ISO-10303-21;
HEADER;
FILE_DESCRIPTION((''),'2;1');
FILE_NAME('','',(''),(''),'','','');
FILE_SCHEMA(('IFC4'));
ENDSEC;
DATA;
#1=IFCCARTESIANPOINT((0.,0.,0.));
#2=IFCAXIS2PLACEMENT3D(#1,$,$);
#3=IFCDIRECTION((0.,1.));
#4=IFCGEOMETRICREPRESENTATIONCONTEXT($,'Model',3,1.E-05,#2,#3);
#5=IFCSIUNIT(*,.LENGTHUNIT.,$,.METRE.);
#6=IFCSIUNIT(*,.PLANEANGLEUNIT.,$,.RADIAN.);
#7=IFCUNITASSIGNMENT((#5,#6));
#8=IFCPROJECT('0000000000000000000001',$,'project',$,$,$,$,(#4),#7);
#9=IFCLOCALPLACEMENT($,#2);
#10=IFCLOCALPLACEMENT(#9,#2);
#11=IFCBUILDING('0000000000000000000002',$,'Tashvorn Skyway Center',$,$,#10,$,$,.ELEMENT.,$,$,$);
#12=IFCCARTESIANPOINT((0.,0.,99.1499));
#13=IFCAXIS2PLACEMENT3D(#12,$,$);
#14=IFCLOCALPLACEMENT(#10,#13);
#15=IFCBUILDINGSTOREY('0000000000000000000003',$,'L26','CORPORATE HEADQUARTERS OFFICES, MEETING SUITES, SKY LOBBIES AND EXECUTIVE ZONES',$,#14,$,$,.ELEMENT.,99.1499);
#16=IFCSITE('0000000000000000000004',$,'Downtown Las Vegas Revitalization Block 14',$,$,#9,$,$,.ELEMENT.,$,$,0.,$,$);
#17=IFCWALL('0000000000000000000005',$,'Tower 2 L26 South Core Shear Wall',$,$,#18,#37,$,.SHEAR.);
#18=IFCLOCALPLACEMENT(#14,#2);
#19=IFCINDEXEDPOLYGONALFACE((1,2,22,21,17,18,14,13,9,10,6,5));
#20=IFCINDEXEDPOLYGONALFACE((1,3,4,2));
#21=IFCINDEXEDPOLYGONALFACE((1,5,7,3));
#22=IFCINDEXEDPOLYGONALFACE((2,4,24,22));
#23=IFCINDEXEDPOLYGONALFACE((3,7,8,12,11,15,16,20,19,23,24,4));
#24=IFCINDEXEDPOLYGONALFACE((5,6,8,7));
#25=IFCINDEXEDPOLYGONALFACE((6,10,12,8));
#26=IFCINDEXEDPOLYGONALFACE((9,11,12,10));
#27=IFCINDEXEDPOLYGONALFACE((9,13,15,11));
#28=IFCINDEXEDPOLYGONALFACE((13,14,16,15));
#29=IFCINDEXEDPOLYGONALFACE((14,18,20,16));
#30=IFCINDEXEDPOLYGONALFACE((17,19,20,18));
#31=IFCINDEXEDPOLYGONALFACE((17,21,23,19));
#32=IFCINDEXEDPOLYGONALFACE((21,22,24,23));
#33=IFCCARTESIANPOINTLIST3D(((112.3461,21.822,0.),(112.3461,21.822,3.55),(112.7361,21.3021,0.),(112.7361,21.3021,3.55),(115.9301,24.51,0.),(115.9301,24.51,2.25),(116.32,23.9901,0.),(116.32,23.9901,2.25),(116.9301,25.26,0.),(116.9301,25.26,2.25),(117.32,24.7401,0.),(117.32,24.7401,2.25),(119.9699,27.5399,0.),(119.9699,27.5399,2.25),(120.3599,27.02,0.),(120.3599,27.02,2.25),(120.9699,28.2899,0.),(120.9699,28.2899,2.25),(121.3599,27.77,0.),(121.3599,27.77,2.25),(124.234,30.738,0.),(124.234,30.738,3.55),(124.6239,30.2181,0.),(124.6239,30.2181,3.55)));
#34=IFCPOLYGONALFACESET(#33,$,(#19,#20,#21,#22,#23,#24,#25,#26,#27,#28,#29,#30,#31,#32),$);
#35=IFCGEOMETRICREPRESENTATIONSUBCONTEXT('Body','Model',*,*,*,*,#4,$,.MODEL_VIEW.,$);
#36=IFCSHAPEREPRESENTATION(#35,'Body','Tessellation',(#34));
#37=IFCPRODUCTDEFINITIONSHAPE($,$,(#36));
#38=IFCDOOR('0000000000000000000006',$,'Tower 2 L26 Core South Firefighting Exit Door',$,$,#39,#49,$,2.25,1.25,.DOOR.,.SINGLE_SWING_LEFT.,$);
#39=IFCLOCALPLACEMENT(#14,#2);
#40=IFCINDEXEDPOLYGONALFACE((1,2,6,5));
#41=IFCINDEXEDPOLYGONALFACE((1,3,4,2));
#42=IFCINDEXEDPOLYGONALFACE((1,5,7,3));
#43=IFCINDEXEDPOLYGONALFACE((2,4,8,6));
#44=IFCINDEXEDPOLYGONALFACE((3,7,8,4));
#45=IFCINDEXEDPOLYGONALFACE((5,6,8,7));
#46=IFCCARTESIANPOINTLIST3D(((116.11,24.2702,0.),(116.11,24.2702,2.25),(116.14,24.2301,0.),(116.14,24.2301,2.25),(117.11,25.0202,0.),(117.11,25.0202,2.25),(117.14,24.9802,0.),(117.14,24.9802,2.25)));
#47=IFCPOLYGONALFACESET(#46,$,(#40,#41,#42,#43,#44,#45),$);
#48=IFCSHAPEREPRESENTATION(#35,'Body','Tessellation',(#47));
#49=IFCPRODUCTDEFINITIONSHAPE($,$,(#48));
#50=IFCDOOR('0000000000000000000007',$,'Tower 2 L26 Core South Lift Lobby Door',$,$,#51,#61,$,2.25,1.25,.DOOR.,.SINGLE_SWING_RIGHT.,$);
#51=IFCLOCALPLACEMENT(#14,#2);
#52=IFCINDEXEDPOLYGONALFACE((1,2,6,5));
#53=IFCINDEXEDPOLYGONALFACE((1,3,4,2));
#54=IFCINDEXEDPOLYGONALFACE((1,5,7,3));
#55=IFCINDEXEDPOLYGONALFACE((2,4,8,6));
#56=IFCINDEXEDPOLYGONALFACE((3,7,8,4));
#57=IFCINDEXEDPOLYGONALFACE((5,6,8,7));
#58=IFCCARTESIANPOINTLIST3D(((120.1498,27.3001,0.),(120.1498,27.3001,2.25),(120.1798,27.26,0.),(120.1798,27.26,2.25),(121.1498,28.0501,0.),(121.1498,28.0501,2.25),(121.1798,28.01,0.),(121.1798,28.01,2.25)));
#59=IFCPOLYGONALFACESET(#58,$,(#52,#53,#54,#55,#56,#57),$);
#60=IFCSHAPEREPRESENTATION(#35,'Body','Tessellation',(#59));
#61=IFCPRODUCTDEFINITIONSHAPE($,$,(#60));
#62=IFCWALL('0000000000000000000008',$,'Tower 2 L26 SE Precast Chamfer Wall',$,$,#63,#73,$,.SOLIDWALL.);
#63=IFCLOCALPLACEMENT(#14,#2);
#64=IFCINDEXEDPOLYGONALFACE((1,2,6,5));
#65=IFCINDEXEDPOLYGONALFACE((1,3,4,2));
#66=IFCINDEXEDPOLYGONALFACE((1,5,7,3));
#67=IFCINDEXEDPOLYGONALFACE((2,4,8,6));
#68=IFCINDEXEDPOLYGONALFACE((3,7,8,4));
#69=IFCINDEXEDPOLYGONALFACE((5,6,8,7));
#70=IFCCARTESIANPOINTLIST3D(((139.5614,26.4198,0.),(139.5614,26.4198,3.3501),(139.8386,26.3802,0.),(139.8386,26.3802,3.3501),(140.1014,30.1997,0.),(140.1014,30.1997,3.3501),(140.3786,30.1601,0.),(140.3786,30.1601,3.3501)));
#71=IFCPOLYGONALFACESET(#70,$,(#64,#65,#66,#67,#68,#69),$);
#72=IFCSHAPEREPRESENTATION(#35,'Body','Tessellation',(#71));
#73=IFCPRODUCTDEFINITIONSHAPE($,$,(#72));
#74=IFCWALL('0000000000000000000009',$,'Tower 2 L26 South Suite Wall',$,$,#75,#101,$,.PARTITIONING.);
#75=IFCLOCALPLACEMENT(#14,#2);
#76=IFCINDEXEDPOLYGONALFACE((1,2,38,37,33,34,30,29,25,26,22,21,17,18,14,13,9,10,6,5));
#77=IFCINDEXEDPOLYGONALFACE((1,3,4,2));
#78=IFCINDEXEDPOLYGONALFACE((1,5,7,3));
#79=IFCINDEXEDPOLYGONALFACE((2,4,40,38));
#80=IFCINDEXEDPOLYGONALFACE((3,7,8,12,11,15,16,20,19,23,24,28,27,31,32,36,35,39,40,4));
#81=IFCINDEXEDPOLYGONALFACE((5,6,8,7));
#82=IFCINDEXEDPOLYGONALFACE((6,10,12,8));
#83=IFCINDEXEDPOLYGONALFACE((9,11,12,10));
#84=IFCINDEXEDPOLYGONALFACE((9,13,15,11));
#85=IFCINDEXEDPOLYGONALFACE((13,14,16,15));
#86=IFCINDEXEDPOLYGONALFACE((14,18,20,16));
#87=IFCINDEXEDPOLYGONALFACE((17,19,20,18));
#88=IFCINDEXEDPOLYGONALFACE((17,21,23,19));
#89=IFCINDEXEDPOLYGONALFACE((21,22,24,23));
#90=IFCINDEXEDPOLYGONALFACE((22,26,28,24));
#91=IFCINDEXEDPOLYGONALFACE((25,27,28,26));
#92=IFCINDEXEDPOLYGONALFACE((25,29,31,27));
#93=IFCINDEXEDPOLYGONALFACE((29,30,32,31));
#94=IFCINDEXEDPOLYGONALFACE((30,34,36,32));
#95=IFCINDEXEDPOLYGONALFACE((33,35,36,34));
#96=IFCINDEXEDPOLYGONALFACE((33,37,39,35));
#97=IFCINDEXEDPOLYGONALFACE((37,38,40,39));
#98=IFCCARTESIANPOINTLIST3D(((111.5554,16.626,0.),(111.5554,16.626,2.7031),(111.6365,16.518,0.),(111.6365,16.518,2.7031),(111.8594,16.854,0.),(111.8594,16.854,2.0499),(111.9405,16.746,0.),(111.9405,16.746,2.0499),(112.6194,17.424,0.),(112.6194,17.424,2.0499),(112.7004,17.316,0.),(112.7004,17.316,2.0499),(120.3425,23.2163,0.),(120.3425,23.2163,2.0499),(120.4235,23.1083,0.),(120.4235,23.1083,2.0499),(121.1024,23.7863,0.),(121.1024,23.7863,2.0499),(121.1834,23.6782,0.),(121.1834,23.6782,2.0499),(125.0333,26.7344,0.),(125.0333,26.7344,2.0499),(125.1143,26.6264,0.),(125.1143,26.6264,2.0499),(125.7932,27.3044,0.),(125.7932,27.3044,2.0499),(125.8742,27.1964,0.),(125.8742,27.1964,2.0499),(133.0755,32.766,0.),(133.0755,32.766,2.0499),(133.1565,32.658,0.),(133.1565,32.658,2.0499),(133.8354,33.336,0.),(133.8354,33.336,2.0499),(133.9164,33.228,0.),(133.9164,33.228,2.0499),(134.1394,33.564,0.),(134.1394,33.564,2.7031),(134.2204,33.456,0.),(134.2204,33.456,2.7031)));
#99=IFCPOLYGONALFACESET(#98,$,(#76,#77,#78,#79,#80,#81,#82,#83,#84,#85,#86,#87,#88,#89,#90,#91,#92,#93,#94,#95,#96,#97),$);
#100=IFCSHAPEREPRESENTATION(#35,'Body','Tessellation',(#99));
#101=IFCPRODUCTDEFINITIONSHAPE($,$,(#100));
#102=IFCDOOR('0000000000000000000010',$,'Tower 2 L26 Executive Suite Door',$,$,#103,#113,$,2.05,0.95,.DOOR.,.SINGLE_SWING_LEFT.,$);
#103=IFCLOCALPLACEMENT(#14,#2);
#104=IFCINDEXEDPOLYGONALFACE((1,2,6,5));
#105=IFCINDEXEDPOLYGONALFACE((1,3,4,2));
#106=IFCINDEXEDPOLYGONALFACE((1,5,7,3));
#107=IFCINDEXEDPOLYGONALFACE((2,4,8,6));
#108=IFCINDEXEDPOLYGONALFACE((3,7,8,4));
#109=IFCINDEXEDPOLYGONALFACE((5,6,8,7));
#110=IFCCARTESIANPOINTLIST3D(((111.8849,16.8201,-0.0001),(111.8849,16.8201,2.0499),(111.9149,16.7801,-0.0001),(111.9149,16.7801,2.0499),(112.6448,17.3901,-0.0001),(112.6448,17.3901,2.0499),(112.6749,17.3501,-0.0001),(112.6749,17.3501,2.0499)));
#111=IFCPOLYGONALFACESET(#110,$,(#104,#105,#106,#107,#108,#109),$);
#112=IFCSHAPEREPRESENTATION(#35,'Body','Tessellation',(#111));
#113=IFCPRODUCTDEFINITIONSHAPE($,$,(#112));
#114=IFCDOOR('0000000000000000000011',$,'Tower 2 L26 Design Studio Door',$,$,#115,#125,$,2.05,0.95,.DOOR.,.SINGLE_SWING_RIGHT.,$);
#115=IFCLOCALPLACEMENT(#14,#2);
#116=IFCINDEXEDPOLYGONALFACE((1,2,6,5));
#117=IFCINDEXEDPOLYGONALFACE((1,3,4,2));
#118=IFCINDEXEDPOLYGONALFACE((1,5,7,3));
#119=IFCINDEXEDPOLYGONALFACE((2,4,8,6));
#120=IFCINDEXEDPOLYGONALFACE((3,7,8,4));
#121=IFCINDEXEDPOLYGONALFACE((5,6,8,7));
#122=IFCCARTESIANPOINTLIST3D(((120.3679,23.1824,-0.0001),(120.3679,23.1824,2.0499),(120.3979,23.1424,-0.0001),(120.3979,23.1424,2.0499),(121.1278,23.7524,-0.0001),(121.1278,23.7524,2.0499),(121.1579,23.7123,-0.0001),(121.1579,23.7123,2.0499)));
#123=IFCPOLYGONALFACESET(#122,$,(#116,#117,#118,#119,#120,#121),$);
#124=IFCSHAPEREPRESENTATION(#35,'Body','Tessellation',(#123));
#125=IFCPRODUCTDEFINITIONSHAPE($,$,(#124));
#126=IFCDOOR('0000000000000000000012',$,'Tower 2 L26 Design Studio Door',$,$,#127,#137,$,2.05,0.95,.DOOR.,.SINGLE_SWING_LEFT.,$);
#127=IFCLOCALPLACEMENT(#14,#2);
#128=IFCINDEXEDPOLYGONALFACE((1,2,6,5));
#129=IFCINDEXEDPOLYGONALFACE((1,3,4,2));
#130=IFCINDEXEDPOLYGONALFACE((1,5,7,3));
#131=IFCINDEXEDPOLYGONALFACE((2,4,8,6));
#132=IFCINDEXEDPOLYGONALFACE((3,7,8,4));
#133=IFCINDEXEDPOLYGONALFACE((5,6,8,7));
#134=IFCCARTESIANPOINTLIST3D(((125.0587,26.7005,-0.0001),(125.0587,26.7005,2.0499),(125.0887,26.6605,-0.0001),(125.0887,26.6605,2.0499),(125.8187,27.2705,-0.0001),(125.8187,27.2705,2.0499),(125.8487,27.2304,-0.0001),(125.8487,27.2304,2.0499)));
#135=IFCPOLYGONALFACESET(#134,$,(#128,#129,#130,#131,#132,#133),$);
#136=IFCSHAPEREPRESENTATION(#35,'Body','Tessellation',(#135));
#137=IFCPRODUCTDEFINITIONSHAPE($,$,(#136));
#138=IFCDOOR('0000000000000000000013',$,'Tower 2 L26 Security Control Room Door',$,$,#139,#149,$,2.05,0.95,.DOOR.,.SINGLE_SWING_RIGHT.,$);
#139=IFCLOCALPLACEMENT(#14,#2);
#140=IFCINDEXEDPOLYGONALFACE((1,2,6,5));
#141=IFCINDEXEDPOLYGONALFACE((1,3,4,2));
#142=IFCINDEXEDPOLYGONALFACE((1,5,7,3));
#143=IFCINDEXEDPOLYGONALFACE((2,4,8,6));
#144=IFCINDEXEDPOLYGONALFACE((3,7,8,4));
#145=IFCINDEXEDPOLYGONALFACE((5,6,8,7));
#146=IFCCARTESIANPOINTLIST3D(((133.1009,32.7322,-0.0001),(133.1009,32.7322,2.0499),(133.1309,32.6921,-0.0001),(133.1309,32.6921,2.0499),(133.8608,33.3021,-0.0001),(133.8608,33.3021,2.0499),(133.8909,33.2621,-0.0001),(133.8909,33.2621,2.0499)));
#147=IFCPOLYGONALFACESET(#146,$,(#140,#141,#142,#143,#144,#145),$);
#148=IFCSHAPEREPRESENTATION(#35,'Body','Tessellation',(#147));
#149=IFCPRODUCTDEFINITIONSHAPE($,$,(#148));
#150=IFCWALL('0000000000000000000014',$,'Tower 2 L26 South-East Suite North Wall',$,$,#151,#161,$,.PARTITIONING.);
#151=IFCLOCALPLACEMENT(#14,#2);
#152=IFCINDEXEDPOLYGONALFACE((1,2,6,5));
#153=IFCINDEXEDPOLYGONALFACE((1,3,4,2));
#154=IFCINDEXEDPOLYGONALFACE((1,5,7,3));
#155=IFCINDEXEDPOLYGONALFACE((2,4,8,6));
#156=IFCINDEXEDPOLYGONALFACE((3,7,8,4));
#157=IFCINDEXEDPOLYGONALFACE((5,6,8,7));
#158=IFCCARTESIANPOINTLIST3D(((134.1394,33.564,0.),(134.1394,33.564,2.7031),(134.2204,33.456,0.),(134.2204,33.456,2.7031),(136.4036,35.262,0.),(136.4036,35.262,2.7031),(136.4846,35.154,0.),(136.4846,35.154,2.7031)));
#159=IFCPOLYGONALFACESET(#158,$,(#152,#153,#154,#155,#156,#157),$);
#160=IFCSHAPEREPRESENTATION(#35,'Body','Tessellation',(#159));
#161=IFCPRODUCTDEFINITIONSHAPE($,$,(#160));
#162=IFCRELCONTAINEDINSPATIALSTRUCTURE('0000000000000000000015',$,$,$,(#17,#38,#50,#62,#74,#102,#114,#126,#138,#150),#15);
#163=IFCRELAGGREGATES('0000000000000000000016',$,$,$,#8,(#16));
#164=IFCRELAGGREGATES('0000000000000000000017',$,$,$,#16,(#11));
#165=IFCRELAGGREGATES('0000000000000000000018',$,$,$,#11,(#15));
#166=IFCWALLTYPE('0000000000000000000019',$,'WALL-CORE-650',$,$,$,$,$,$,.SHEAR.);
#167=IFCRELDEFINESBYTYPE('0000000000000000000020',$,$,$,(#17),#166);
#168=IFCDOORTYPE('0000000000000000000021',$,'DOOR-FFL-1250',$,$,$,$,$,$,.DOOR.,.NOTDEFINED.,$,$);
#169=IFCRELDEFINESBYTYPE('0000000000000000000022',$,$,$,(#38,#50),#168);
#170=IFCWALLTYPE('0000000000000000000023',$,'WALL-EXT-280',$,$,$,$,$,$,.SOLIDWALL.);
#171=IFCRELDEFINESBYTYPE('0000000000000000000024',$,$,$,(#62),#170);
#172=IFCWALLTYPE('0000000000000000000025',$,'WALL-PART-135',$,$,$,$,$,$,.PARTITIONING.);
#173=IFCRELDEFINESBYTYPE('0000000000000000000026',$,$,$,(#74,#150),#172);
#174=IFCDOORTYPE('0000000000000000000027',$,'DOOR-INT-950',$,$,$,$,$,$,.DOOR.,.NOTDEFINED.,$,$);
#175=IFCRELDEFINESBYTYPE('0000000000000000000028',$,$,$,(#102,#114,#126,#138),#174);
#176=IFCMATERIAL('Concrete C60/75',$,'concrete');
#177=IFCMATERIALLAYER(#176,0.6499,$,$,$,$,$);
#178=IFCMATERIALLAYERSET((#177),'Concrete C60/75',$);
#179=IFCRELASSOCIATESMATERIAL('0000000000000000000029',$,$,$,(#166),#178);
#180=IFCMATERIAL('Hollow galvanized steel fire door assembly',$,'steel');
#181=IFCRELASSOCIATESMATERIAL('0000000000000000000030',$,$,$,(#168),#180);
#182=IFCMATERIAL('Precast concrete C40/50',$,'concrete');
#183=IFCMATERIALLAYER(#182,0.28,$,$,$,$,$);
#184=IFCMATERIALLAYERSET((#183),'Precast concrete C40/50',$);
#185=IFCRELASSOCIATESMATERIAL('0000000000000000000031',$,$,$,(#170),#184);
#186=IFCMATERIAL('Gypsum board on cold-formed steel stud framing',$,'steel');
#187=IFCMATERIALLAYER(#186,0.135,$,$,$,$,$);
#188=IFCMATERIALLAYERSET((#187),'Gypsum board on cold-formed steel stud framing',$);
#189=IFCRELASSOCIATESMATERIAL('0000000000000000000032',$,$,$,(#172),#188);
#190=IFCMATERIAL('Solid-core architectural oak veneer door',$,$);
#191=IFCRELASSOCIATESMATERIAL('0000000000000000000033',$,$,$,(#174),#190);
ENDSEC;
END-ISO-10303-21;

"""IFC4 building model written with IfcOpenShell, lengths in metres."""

from ifc_helpers import new_model, si_unit, direction, frame, frame_2d, origin, place, context, subcontext, project, spatial, rectangle, extrude, material, layer, layer_set, type_object, element, fill, save


model = new_model("IFC4")

# Units and contexts
model_context = context("Model", 3, precision=1e-05, world=origin(), true_north=direction((0.0, 1.0)))
body_context = subcontext(model_context, "Body", "Model", "MODEL_VIEW")
ifc_project = project(units=[si_unit("LENGTHUNIT", "METRE"), si_unit("PLANEANGLEUNIT", "RADIAN")], contexts=[model_context])

# Site, building, storey
site_placement = place(None, origin())
site = spatial("IfcSite", under=ifc_project, at=site_placement, Name="Downtown Las Vegas Revitalization Block 14", CompositionType="ELEMENT", RefElevation=0.0)
building_placement = place(site_placement, origin())
building = spatial("IfcBuilding", under=site, at=building_placement, Name="Tashvorn Skyway Center", CompositionType="ELEMENT")
storey_placement = place(building_placement, frame((0.0, 0.0, 99.1499)))
storey = spatial("IfcBuildingStorey", under=building, at=storey_placement, Name="L26", Description="CORPORATE HEADQUARTERS OFFICES, MEETING SUITES, SKY LOBBIES AND EXECUTIVE ZONES", CompositionType="ELEMENT", Elevation=99.1499)

# Wall, openings, doors
ifc_material_1 = material(Name="Concrete C60/75", Category="concrete")
ifc_layer_1 = layer(ifc_material_1, 0.6499)
ifc_layer_set_1 = layer_set([ifc_layer_1], Name="Concrete C60/75")
wall_type_1 = type_object("IfcWallType", Name="WALL-CORE-650", PredefinedType="SHEAR", material=ifc_layer_set_1)
wall_1_placement = place(storey_placement, frame((124.429, 30.478, 0.0), z_axis=(0.0, 0.0, 1.0), x_axis=(-0.799998, -0.600003, 0.0)))
wall_1 = element("IfcWall", 1, at=wall_1_placement, inside=storey, type_object=wall_type_1, Name="Tower 2 L26 South Core Shear Wall", PredefinedType="SHEAR", context=body_context, shape_type="SweptSolid", body=[
    extrude(rectangle(XDim=14.8599, YDim=0.6499, at=frame_2d((7.4299, 0.0))), origin(), (0.0, 0.0, 1.0), 3.55),
])
opening_1_placement = place(wall_1_placement, frame((9.1299, 0.0, 0.0)))
opening_1 = element("IfcOpeningElement", 2, at=opening_1_placement, cuts=wall_1, PredefinedType="OPENING", context=body_context, shape_type="SweptSolid", body=[
    extrude(rectangle(XDim=1.25, YDim=2.25, at=frame_2d((0.625, 1.125))), frame((0.0, 0.335, 0.0), z_axis=(0.0, -1.0, 0.0), x_axis=(1.0, 0.0, 0.0)), (0.0, 0.0, 1.0), 0.6699),
])
opening_2_placement = place(wall_1_placement, frame((4.0801, 0.0, 0.0)))
opening_2 = element("IfcOpeningElement", 3, at=opening_2_placement, cuts=wall_1, PredefinedType="OPENING", context=body_context, shape_type="SweptSolid", body=[
    extrude(rectangle(XDim=1.25, YDim=2.25, at=frame_2d((0.625, 1.125))), frame((0.0, 0.335, 0.0), z_axis=(0.0, -1.0, 0.0), x_axis=(1.0, 0.0, 0.0)), (0.0, 0.0, 1.0), 0.6699),
])
ifc_material_2 = material(Name="Hollow galvanized steel fire door assembly", Category="steel")
door_type_1 = type_object("IfcDoorType", Name="DOOR-FFL-1250", OperationType="NOTDEFINED", PredefinedType="DOOR", material=ifc_material_2)
door_1_placement = place(opening_1_placement, origin())
door_1 = element("IfcDoor", 4, at=door_1_placement, inside=storey, type_object=door_type_1, Name="Tower 2 L26 Core South Firefighting Exit Door", OperationType="SINGLE_SWING_LEFT", OverallHeight=2.25, OverallWidth=1.25, PredefinedType="DOOR", context=body_context, shape_type="SweptSolid", body=[
    extrude(rectangle(XDim=1.25, YDim=2.25, at=frame_2d((0.625, 1.125))), frame((0.0, 0.0249, 0.0), z_axis=(0.0, -1.0, 0.0), x_axis=(1.0, 0.0, 0.0)), (0.0, 0.0, 1.0), 0.05),
])
fill(opening_1, door_1)
door_2_placement = place(opening_2_placement, origin())
door_2 = element("IfcDoor", 5, at=door_2_placement, inside=storey, type_object=door_type_1, Name="Tower 2 L26 Core South Lift Lobby Door", OperationType="SINGLE_SWING_RIGHT", OverallHeight=2.25, OverallWidth=1.25, PredefinedType="DOOR", context=body_context, shape_type="SweptSolid", body=[
    extrude(rectangle(XDim=1.25, YDim=2.25, at=frame_2d((0.625, 1.125))), frame((0.0, 0.0249, 0.0), z_axis=(0.0, -1.0, 0.0), x_axis=(1.0, 0.0, 0.0)), (0.0, 0.0, 1.0), 0.05),
])
fill(opening_2, door_2)

# Wall
ifc_material_3 = material(Name="Precast concrete C40/50", Category="concrete")
ifc_layer_2 = layer(ifc_material_3, 0.28)
ifc_layer_set_2 = layer_set([ifc_layer_2], Name="Precast concrete C40/50")
wall_type_2 = type_object("IfcWallType", Name="WALL-EXT-280", PredefinedType="SOLIDWALL", material=ifc_layer_set_2)
wall_2_placement = place(storey_placement, frame((140.24, 30.1799, 0.0), z_axis=(0.0, 0.0, 1.0), x_axis=(-0.14143, -0.989948, 0.0)))
element("IfcWall", 6, at=wall_2_placement, inside=storey, type_object=wall_type_2, Name="Tower 2 L26 SE Precast Chamfer Wall", PredefinedType="SOLIDWALL", context=body_context, shape_type="SweptSolid", body=[
    extrude(rectangle(XDim=3.8184, YDim=0.28, at=frame_2d((1.9092, 0.0))), origin(), (0.0, 0.0, 1.0), 3.3501),
])

# Wall, openings, doors
ifc_material_4 = material(Name="Gypsum board on cold-formed steel stud framing", Category="steel")
ifc_layer_3 = layer(ifc_material_4, 0.135)
ifc_layer_set_3 = layer_set([ifc_layer_3], Name="Gypsum board on cold-formed steel stud framing")
wall_type_3 = type_object("IfcWallType", Name="WALL-PART-135", PredefinedType="PARTITIONING", material=ifc_layer_set_3)
wall_3_placement = place(storey_placement, frame((134.1799, 33.51, 0.0), z_axis=(0.0, 0.0, 1.0), x_axis=(-0.8, -0.6, 0.0)))
wall_3 = element("IfcWall", 7, at=wall_3_placement, inside=storey, type_object=wall_type_3, Name="Tower 2 L26 South Suite Wall", PredefinedType="PARTITIONING", context=body_context, shape_type="SweptSolid", body=[
    extrude(rectangle(XDim=28.23, YDim=0.135, at=frame_2d((14.115, 0.0))), origin(), (0.0, 0.0, 1.0), 2.7031),
])
opening_3_placement = place(wall_3_placement, frame((26.8999, 0.0, 0.0)))
opening_3 = element("IfcOpeningElement", 8, at=opening_3_placement, cuts=wall_3, PredefinedType="OPENING", context=body_context, shape_type="SweptSolid", body=[
    extrude(rectangle(XDim=0.95, YDim=2.05, at=frame_2d((0.4751, 1.0249))), frame((0.0, 0.0774, 0.0), z_axis=(0.0, -1.0, 0.0), x_axis=(1.0, 0.0, 0.0)), (0.0, 0.0, 1.0), 0.155),
])
opening_4_placement = place(wall_3_placement, frame((16.2961, 0.0, 0.0)))
opening_4 = element("IfcOpeningElement", 9, at=opening_4_placement, cuts=wall_3, PredefinedType="OPENING", context=body_context, shape_type="SweptSolid", body=[
    extrude(rectangle(XDim=0.95, YDim=2.05, at=frame_2d((0.4751, 1.0249))), frame((0.0, 0.0774, 0.0), z_axis=(0.0, -1.0, 0.0), x_axis=(1.0, 0.0, 0.0)), (0.0, 0.0, 1.0), 0.155),
])
opening_5_placement = place(wall_3_placement, frame((10.4326, 0.0, 0.0)))
opening_5 = element("IfcOpeningElement", 10, at=opening_5_placement, cuts=wall_3, PredefinedType="OPENING", context=body_context, shape_type="SweptSolid", body=[
    extrude(rectangle(XDim=0.95, YDim=2.05, at=frame_2d((0.4751, 1.0249))), frame((0.0, 0.0774, 0.0), z_axis=(0.0, -1.0, 0.0), x_axis=(1.0, 0.0, 0.0)), (0.0, 0.0, 1.0), 0.155),
])
opening_6_placement = place(wall_3_placement, frame((0.3799, 0.0, 0.0)))
opening_6 = element("IfcOpeningElement", 11, at=opening_6_placement, cuts=wall_3, PredefinedType="OPENING", context=body_context, shape_type="SweptSolid", body=[
    extrude(rectangle(XDim=0.95, YDim=2.05, at=frame_2d((0.4751, 1.0249))), frame((0.0, 0.0774, 0.0), z_axis=(0.0, -1.0, 0.0), x_axis=(1.0, 0.0, 0.0)), (0.0, 0.0, 1.0), 0.155),
])
ifc_material_5 = material(Name="Solid-core architectural oak veneer door")
door_type_2 = type_object("IfcDoorType", Name="DOOR-INT-950", OperationType="NOTDEFINED", PredefinedType="DOOR", material=ifc_material_5)
door_3_placement = place(opening_3_placement, origin())
door_3 = element("IfcDoor", 12, at=door_3_placement, inside=storey, type_object=door_type_2, Name="Tower 2 L26 Executive Suite Door", OperationType="SINGLE_SWING_LEFT", OverallHeight=2.05, OverallWidth=0.95, PredefinedType="DOOR", context=body_context, shape_type="SweptSolid", body=[
    extrude(rectangle(XDim=0.95, YDim=2.05, at=frame_2d((0.4751, 1.0249))), frame((0.0, 0.0249, 0.0), z_axis=(0.0, -1.0, 0.0), x_axis=(1.0, 0.0, 0.0)), (0.0, 0.0, 1.0), 0.05),
])
fill(opening_3, door_3)
door_4_placement = place(opening_4_placement, origin())
door_4 = element("IfcDoor", 13, at=door_4_placement, inside=storey, type_object=door_type_2, Name="Tower 2 L26 Design Studio Door", OperationType="SINGLE_SWING_RIGHT", OverallHeight=2.05, OverallWidth=0.95, PredefinedType="DOOR", context=body_context, shape_type="SweptSolid", body=[
    extrude(rectangle(XDim=0.95, YDim=2.05, at=frame_2d((0.4751, 1.0249))), frame((0.0, 0.0249, 0.0), z_axis=(0.0, -1.0, 0.0), x_axis=(1.0, 0.0, 0.0)), (0.0, 0.0, 1.0), 0.05),
])
fill(opening_4, door_4)
door_5_placement = place(opening_5_placement, origin())
door_5 = element("IfcDoor", 14, at=door_5_placement, inside=storey, type_object=door_type_2, Name="Tower 2 L26 Design Studio Door", OperationType="SINGLE_SWING_LEFT", OverallHeight=2.05, OverallWidth=0.95, PredefinedType="DOOR", context=body_context, shape_type="SweptSolid", body=[
    extrude(rectangle(XDim=0.95, YDim=2.05, at=frame_2d((0.4751, 1.0249))), frame((0.0, 0.0249, 0.0), z_axis=(0.0, -1.0, 0.0), x_axis=(1.0, 0.0, 0.0)), (0.0, 0.0, 1.0), 0.05),
])
fill(opening_5, door_5)
door_6_placement = place(opening_6_placement, origin())
door_6 = element("IfcDoor", 15, at=door_6_placement, inside=storey, type_object=door_type_2, Name="Tower 2 L26 Security Control Room Door", OperationType="SINGLE_SWING_RIGHT", OverallHeight=2.05, OverallWidth=0.95, PredefinedType="DOOR", context=body_context, shape_type="SweptSolid", body=[
    extrude(rectangle(XDim=0.95, YDim=2.05, at=frame_2d((0.4751, 1.0249))), frame((0.0, 0.0249, 0.0), z_axis=(0.0, -1.0, 0.0), x_axis=(1.0, 0.0, 0.0)), (0.0, 0.0, 1.0), 0.05),
])
fill(opening_6, door_6)

# Wall
wall_4_placement = place(storey_placement, frame((134.1799, 33.51, 0.0), z_axis=(0.0, 0.0, 1.0), x_axis=(0.800021, 0.599972, 0.0)))
element("IfcWall", 16, at=wall_4_placement, inside=storey, type_object=wall_type_3, Name="Tower 2 L26 South-East Suite North Wall", PredefinedType="PARTITIONING", context=body_context, shape_type="SweptSolid", body=[
    extrude(rectangle(XDim=2.8301, YDim=0.135, at=frame_2d((1.415, 0.0))), origin(), (0.0, 0.0, 1.0), 2.7031),
])

save(model, "model.ifc")
